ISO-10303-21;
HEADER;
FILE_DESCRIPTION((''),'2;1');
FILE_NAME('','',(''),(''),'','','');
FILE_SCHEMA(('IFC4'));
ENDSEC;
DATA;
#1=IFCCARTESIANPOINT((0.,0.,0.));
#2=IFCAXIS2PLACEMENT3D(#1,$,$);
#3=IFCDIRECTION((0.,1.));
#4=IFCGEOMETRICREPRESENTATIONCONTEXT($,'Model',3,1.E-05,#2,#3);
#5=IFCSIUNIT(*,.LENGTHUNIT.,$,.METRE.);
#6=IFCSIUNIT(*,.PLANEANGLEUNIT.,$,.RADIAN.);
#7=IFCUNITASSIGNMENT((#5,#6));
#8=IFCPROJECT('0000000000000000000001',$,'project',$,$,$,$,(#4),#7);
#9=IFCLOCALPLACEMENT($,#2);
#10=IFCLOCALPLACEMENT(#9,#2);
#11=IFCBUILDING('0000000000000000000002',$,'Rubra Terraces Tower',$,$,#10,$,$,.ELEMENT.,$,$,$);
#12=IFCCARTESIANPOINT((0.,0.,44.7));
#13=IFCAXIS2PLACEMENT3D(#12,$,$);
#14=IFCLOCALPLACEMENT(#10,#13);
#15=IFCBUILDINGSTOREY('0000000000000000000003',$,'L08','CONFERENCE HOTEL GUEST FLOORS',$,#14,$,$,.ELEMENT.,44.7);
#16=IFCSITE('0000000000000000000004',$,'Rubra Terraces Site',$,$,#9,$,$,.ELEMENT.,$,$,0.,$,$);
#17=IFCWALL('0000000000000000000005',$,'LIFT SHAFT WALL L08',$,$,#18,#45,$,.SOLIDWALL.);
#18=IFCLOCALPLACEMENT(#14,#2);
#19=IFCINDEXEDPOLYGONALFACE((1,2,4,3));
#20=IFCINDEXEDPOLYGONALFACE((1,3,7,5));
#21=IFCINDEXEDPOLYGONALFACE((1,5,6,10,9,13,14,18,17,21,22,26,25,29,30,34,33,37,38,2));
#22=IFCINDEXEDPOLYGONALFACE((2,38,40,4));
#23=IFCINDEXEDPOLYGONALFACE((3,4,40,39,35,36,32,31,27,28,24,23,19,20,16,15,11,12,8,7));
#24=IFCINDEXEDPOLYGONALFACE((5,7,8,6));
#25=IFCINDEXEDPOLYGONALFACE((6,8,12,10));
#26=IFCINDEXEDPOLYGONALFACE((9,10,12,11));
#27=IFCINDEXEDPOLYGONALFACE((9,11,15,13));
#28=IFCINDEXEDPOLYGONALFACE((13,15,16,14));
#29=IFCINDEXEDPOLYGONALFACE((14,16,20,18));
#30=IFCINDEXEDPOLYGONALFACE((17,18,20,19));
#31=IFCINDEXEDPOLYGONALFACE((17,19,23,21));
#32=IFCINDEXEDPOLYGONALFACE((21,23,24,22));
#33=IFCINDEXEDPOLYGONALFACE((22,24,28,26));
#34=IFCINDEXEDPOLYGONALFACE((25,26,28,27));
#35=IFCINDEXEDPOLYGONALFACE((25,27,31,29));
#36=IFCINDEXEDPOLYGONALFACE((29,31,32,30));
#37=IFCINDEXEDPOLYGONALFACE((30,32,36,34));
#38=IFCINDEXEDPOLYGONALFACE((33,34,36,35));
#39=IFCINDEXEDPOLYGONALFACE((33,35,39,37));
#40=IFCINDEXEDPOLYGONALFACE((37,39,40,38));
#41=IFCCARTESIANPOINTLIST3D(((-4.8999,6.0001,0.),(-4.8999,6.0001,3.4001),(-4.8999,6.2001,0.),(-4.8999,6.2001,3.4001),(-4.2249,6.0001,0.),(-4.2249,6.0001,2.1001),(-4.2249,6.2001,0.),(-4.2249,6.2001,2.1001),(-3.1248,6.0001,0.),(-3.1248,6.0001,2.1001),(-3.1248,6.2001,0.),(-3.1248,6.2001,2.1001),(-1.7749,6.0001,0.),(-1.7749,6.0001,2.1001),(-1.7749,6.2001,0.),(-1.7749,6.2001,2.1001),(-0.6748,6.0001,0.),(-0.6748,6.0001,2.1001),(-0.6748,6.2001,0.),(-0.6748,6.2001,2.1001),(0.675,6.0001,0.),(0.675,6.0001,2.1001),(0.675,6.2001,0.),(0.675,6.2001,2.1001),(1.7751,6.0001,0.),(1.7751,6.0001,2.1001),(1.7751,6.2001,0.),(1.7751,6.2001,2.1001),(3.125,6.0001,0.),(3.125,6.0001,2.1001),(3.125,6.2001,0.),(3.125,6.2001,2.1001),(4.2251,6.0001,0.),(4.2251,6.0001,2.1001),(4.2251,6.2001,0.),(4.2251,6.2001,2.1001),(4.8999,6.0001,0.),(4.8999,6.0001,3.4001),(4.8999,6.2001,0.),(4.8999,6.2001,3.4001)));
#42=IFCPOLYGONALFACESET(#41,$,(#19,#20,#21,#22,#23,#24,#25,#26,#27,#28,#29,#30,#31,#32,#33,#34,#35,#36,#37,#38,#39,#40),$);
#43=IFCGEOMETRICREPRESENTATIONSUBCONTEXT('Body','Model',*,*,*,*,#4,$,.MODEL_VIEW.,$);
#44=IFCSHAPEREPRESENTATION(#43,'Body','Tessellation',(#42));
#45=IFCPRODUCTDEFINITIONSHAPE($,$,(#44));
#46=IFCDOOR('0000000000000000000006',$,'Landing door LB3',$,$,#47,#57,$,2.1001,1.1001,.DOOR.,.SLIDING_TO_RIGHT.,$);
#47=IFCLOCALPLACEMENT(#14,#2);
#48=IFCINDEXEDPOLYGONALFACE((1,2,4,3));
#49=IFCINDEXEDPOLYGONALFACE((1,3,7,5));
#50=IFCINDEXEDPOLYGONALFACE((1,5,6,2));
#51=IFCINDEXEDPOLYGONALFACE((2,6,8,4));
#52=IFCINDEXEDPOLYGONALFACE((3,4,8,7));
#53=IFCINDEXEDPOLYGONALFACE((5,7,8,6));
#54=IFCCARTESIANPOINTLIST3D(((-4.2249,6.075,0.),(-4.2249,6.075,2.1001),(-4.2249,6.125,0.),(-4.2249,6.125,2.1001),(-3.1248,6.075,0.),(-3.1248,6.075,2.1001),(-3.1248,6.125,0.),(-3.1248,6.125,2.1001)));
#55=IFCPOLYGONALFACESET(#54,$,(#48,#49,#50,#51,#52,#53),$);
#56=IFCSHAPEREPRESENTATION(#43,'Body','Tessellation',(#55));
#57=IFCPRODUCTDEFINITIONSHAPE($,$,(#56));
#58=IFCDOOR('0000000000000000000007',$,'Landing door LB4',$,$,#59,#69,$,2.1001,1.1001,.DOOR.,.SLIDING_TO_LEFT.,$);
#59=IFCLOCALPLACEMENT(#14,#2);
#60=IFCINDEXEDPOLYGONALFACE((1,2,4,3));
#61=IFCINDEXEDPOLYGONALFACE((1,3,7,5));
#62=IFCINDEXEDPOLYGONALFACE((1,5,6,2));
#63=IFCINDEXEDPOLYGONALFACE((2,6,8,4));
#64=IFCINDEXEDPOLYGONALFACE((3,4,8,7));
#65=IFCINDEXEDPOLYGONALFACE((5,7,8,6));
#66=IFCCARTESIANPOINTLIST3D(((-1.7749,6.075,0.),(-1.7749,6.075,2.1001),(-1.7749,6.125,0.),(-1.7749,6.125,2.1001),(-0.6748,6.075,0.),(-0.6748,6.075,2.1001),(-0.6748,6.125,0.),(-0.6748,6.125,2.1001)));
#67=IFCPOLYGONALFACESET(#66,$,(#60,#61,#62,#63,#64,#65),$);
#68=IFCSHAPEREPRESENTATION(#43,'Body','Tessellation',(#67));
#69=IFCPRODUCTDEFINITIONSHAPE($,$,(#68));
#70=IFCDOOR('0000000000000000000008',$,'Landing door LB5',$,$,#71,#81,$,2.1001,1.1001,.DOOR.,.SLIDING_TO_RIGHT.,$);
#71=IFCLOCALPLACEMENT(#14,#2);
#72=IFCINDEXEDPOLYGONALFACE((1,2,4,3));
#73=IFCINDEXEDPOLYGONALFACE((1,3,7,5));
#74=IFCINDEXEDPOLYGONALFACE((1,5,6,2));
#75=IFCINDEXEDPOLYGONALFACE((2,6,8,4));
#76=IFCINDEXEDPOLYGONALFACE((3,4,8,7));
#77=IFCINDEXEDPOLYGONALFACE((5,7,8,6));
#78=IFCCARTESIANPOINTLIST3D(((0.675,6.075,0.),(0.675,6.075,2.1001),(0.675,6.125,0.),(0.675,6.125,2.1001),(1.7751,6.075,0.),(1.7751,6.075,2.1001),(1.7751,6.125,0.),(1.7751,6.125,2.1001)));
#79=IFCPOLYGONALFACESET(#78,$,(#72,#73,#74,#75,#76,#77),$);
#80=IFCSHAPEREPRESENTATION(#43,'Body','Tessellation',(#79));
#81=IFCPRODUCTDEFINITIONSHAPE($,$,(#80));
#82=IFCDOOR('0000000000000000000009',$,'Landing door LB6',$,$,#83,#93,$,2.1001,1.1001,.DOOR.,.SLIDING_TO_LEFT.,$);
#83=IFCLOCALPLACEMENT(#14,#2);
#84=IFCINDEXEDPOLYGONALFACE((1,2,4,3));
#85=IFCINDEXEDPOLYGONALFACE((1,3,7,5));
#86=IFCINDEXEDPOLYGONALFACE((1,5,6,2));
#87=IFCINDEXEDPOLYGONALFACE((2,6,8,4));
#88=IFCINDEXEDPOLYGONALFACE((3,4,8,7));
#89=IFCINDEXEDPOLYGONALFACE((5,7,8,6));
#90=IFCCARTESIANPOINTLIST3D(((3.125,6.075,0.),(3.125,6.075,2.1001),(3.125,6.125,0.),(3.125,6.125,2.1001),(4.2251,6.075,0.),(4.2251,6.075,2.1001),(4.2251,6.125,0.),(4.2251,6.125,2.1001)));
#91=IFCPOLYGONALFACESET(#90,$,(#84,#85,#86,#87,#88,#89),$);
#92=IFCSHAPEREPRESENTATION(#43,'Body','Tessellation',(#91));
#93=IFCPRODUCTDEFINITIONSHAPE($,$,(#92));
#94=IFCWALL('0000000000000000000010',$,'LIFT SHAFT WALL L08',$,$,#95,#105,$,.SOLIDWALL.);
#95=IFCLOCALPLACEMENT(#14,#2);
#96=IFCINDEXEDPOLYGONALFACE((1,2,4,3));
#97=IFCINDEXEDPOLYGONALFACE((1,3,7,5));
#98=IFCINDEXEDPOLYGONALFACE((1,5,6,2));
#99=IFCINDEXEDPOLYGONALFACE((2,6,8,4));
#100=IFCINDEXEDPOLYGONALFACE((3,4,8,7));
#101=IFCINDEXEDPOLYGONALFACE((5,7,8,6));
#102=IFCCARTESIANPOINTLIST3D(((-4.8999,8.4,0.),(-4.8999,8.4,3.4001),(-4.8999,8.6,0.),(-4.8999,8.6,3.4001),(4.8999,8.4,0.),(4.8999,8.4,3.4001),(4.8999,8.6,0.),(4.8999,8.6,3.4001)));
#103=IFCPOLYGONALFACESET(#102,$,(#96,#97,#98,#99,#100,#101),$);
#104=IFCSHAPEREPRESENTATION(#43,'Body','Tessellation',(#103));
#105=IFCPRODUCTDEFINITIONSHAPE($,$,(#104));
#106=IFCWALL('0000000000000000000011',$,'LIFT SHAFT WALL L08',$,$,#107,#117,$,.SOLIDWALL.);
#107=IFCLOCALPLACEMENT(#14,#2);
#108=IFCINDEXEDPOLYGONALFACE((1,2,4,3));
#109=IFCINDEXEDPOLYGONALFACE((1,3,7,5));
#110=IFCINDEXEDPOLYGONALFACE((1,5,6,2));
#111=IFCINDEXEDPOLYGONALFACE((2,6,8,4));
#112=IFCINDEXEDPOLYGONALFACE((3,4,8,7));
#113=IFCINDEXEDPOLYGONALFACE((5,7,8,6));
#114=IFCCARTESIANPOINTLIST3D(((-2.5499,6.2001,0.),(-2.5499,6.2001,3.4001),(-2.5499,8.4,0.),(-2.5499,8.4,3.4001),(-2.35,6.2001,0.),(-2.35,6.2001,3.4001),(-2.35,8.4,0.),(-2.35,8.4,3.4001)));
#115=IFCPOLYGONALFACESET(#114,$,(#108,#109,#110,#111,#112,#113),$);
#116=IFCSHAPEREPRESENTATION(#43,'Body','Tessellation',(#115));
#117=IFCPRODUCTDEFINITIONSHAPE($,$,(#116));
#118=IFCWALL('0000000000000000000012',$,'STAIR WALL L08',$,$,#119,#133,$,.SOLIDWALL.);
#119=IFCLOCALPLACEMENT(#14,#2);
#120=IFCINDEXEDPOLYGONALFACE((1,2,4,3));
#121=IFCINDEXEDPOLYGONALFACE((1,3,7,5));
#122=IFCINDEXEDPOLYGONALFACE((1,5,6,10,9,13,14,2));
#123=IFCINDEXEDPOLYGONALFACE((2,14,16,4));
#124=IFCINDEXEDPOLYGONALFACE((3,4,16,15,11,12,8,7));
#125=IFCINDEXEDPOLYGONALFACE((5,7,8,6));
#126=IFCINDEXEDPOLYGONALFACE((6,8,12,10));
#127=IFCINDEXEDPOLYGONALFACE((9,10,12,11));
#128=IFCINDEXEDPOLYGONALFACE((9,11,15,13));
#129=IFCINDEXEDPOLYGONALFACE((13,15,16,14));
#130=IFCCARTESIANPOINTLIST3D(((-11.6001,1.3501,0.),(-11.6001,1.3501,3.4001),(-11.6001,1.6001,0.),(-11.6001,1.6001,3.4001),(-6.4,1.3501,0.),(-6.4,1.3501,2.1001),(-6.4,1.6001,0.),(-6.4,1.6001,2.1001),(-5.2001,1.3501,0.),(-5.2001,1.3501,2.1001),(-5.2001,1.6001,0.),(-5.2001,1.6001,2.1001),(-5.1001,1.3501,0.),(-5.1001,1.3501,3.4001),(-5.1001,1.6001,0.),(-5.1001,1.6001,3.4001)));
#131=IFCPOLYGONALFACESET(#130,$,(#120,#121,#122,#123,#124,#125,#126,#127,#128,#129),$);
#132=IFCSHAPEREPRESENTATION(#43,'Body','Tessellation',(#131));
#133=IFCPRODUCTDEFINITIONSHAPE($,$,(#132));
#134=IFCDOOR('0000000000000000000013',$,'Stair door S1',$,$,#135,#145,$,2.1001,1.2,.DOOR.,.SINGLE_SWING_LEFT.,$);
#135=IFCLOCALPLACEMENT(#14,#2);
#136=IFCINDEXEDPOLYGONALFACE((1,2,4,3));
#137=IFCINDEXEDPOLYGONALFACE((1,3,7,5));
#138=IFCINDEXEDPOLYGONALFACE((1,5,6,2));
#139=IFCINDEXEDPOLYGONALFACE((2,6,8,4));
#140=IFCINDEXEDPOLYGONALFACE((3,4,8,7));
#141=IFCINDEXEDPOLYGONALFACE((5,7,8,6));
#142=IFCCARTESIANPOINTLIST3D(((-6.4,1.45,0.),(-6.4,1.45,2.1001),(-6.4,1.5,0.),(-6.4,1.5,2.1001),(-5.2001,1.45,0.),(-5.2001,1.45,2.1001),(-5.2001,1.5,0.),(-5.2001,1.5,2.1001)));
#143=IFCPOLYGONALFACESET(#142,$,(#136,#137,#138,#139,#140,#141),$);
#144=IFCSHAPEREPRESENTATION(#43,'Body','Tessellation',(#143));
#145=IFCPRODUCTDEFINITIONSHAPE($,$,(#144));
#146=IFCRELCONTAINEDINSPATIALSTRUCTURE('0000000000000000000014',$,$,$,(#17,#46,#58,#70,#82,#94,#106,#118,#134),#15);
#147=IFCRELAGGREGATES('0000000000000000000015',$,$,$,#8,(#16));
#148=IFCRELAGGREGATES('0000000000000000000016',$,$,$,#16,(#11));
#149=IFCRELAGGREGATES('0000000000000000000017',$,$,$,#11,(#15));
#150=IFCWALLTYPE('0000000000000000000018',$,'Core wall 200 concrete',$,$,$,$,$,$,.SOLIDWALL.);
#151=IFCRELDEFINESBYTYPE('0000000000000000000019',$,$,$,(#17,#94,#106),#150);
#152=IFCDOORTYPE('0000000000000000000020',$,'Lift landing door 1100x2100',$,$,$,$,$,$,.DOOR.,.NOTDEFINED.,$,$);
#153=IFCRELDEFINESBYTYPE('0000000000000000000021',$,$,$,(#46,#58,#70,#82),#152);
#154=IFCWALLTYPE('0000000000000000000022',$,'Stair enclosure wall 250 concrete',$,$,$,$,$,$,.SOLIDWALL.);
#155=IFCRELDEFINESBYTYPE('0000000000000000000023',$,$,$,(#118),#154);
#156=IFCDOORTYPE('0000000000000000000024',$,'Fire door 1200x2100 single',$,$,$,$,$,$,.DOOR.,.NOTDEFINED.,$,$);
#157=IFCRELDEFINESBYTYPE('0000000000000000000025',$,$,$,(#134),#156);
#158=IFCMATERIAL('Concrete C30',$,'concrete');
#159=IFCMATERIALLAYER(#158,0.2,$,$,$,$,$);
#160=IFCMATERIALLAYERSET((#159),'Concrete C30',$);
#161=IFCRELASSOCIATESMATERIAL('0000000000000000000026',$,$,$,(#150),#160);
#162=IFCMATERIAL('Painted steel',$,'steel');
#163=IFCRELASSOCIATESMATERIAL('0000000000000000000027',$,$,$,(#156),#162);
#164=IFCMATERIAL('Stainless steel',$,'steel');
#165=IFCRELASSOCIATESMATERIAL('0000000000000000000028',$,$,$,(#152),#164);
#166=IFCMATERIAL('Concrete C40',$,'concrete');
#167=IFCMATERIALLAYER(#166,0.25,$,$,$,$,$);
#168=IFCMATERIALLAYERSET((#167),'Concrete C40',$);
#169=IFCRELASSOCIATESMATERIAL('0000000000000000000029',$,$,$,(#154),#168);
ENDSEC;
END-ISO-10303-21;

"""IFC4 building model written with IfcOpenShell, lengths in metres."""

from ifc_helpers import new_model, si_unit, direction, frame, frame_2d, origin, place, context, subcontext, project, spatial, rectangle, extrude, material, layer, layer_set, type_object, element, fill, save


model = new_model("IFC4")

# Units and contexts
model_context = context("Model", 3, precision=1e-05, world=origin(), true_north=direction((0.0, 1.0)))
body_context = subcontext(model_context, "Body", "Model", "MODEL_VIEW")
ifc_project = project(units=[si_unit("LENGTHUNIT", "METRE"), si_unit("PLANEANGLEUNIT", "RADIAN")], contexts=[model_context])

# Site, building, storey
site_placement = place(None, origin())
site = spatial("IfcSite", under=ifc_project, at=site_placement, Name="Rubra Terraces Site", CompositionType="ELEMENT", RefElevation=0.0)
building_placement = place(site_placement, origin())
building = spatial("IfcBuilding", under=site, at=building_placement, Name="Rubra Terraces Tower", CompositionType="ELEMENT")
storey_placement = place(building_placement, frame((0.0, 0.0, 44.7)))
storey = spatial("IfcBuildingStorey", under=building, at=storey_placement, Name="L08", Description="CONFERENCE HOTEL GUEST FLOORS", CompositionType="ELEMENT", Elevation=44.7)

# Shared definitions
ifc_material_1 = material(Name="Concrete C30", Category="concrete")
ifc_layer_1 = layer(ifc_material_1, 0.2)
ifc_layer_set_1 = layer_set([ifc_layer_1], Name="Concrete C30")
wall_type_1 = type_object("IfcWallType", Name="Core wall 200 concrete", PredefinedType="SOLIDWALL", material=ifc_layer_set_1)
ifc_material_2 = material(Name="Painted steel", Category="steel")
door_type_1 = type_object("IfcDoorType", Name="Fire door 1200x2100 single", OperationType="NOTDEFINED", PredefinedType="DOOR", material=ifc_material_2)
ifc_material_3 = material(Name="Stainless steel", Category="steel")

# Wall, openings, doors
door_type_2 = type_object("IfcDoorType", Name="Lift landing door 1100x2100", OperationType="NOTDEFINED", PredefinedType="DOOR", material=ifc_material_3)
wall_1_placement = place(storey_placement, frame((-4.8999, 6.1001, 0.0), z_axis=(0.0, 0.0, 1.0), x_axis=(1.0, 0.0, 0.0)))
wall_1 = element("IfcWall", 1, at=wall_1_placement, inside=storey, type_object=wall_type_1, Name="LIFT SHAFT WALL L08", PredefinedType="SOLIDWALL", context=body_context, shape_type="SweptSolid", body=[
    extrude(rectangle(XDim=9.7998, YDim=0.2, at=frame_2d((4.8999, 0.0))), origin(), (0.0, 0.0, 1.0), 3.4001),
])
opening_1_placement = place(wall_1_placement, frame((0.675, 0.0, 0.0)))
opening_1 = element("IfcOpeningElement", 2, at=opening_1_placement, cuts=wall_1, PredefinedType="OPENING", context=body_context, shape_type="SweptSolid", body=[
    extrude(rectangle(XDim=1.1001, YDim=2.1001, at=frame_2d((0.55, 1.05))), frame((0.0, 0.1099, 0.0), z_axis=(0.0, -1.0, 0.0), x_axis=(1.0, 0.0, 0.0)), (0.0, 0.0, 1.0), 0.22),
])
opening_2_placement = place(wall_1_placement, frame((3.125, 0.0, 0.0)))
opening_2 = element("IfcOpeningElement", 3, at=opening_2_placement, cuts=wall_1, PredefinedType="OPENING", context=body_context, shape_type="SweptSolid", body=[
    extrude(rectangle(XDim=1.1001, YDim=2.1001, at=frame_2d((0.55, 1.05))), frame((0.0, 0.1099, 0.0), z_axis=(0.0, -1.0, 0.0), x_axis=(1.0, 0.0, 0.0)), (0.0, 0.0, 1.0), 0.22),
])
opening_3_placement = place(wall_1_placement, frame((5.575, 0.0, 0.0)))
opening_3 = element("IfcOpeningElement", 4, at=opening_3_placement, cuts=wall_1, PredefinedType="OPENING", context=body_context, shape_type="SweptSolid", body=[
    extrude(rectangle(XDim=1.1001, YDim=2.1001, at=frame_2d((0.55, 1.05))), frame((0.0, 0.1099, 0.0), z_axis=(0.0, -1.0, 0.0), x_axis=(1.0, 0.0, 0.0)), (0.0, 0.0, 1.0), 0.22),
])
opening_4_placement = place(wall_1_placement, frame((8.0249, 0.0, 0.0)))
opening_4 = element("IfcOpeningElement", 5, at=opening_4_placement, cuts=wall_1, PredefinedType="OPENING", context=body_context, shape_type="SweptSolid", body=[
    extrude(rectangle(XDim=1.1001, YDim=2.1001, at=frame_2d((0.55, 1.05))), frame((0.0, 0.1099, 0.0), z_axis=(0.0, -1.0, 0.0), x_axis=(1.0, 0.0, 0.0)), (0.0, 0.0, 1.0), 0.22),
])
door_1_placement = place(opening_1_placement, origin())
door_1 = element("IfcDoor", 6, at=door_1_placement, inside=storey, type_object=door_type_2, Name="Landing door LB3", OperationType="SLIDING_TO_RIGHT", OverallHeight=2.1001, OverallWidth=1.1001, PredefinedType="DOOR", context=body_context, shape_type="SweptSolid", body=[
    extrude(rectangle(XDim=1.1001, YDim=2.1001, at=frame_2d((0.55, 1.05))), frame((0.0, 0.0249, 0.0), z_axis=(0.0, -1.0, 0.0), x_axis=(1.0, 0.0, 0.0)), (0.0, 0.0, 1.0), 0.05),
])
fill(opening_1, door_1)
door_2_placement = place(opening_2_placement, origin())
door_2 = element("IfcDoor", 7, at=door_2_placement, inside=storey, type_object=door_type_2, Name="Landing door LB4", OperationType="SLIDING_TO_LEFT", OverallHeight=2.1001, OverallWidth=1.1001, PredefinedType="DOOR", context=body_context, shape_type="SweptSolid", body=[
    extrude(rectangle(XDim=1.1001, YDim=2.1001, at=frame_2d((0.55, 1.05))), frame((0.0, 0.0249, 0.0), z_axis=(0.0, -1.0, 0.0), x_axis=(1.0, 0.0, 0.0)), (0.0, 0.0, 1.0), 0.05),
])
fill(opening_2, door_2)
door_3_placement = place(opening_3_placement, origin())
door_3 = element("IfcDoor", 8, at=door_3_placement, inside=storey, type_object=door_type_2, Name="Landing door LB5", OperationType="SLIDING_TO_RIGHT", OverallHeight=2.1001, OverallWidth=1.1001, PredefinedType="DOOR", context=body_context, shape_type="SweptSolid", body=[
    extrude(rectangle(XDim=1.1001, YDim=2.1001, at=frame_2d((0.55, 1.05))), frame((0.0, 0.0249, 0.0), z_axis=(0.0, -1.0, 0.0), x_axis=(1.0, 0.0, 0.0)), (0.0, 0.0, 1.0), 0.05),
])
fill(opening_3, door_3)
door_4_placement = place(opening_4_placement, origin())
door_4 = element("IfcDoor", 9, at=door_4_placement, inside=storey, type_object=door_type_2, Name="Landing door LB6", OperationType="SLIDING_TO_LEFT", OverallHeight=2.1001, OverallWidth=1.1001, PredefinedType="DOOR", context=body_context, shape_type="SweptSolid", body=[
    extrude(rectangle(XDim=1.1001, YDim=2.1001, at=frame_2d((0.55, 1.05))), frame((0.0, 0.0249, 0.0), z_axis=(0.0, -1.0, 0.0), x_axis=(1.0, 0.0, 0.0)), (0.0, 0.0, 1.0), 0.05),
])
fill(opening_4, door_4)

# Walls
wall_2_placement = place(storey_placement, frame((-4.8999, 8.5, 0.0), z_axis=(0.0, 0.0, 1.0), x_axis=(1.0, 0.0, 0.0)))
element("IfcWall", 10, at=wall_2_placement, inside=storey, type_object=wall_type_1, Name="LIFT SHAFT WALL L08", PredefinedType="SOLIDWALL", context=body_context, shape_type="SweptSolid", body=[
    extrude(rectangle(XDim=9.7998, YDim=0.2, at=frame_2d((4.8999, 0.0))), origin(), (0.0, 0.0, 1.0), 3.4001),
])
wall_3_placement = place(storey_placement, frame((-2.45, 6.2, 0.0), z_axis=(0.0, 0.0, 1.0), x_axis=(0.0, 1.0, 0.0)))
element("IfcWall", 11, at=wall_3_placement, inside=storey, type_object=wall_type_1, Name="LIFT SHAFT WALL L08", PredefinedType="SOLIDWALL", context=body_context, shape_type="SweptSolid", body=[
    extrude(rectangle(XDim=2.2, YDim=0.2, at=frame_2d((1.1001, 0.0))), origin(), (0.0, 0.0, 1.0), 3.4001),
])

# Wall, opening, door
ifc_material_4 = material(Name="Concrete C40", Category="concrete")
ifc_layer_2 = layer(ifc_material_4, 0.25)
ifc_layer_set_2 = layer_set([ifc_layer_2], Name="Concrete C40")
wall_type_2 = type_object("IfcWallType", Name="Stair enclosure wall 250 concrete", PredefinedType="SOLIDWALL", material=ifc_layer_set_2)
wall_4_placement = place(storey_placement, frame((-11.6001, 1.4751, 0.0), z_axis=(0.0, 0.0, 1.0), x_axis=(1.0, 0.0, 0.0)))
wall_4 = element("IfcWall", 12, at=wall_4_placement, inside=storey, type_object=wall_type_2, Name="STAIR WALL L08", PredefinedType="SOLIDWALL", context=body_context, shape_type="SweptSolid", body=[
    extrude(rectangle(XDim=6.5, YDim=0.25, at=frame_2d((3.25, 0.0))), origin(), (0.0, 0.0, 1.0), 3.4001),
])
opening_5_placement = place(wall_4_placement, frame((5.2, 0.0, 0.0)))
opening_5 = element("IfcOpeningElement", 13, at=opening_5_placement, cuts=wall_4, PredefinedType="OPENING", context=body_context, shape_type="SweptSolid", body=[
    extrude(rectangle(XDim=1.2, YDim=2.1001, at=frame_2d((0.6001, 1.05))), frame((0.0, 0.135, 0.0), z_axis=(0.0, -1.0, 0.0), x_axis=(1.0, 0.0, 0.0)), (0.0, 0.0, 1.0), 0.27),
])
door_5_placement = place(opening_5_placement, origin())
door_5 = element("IfcDoor", 14, at=door_5_placement, inside=storey, type_object=door_type_1, Name="Stair door S1", OperationType="SINGLE_SWING_LEFT", OverallHeight=2.1001, OverallWidth=1.2, PredefinedType="DOOR", context=body_context, shape_type="SweptSolid", body=[
    extrude(rectangle(XDim=1.2, YDim=2.1001, at=frame_2d((0.6001, 1.05))), frame((0.0, 0.0249, 0.0), z_axis=(0.0, -1.0, 0.0), x_axis=(1.0, 0.0, 0.0)), (0.0, 0.0, 1.0), 0.05),
])
fill(opening_5, door_5)

save(model, "model.ifc")
